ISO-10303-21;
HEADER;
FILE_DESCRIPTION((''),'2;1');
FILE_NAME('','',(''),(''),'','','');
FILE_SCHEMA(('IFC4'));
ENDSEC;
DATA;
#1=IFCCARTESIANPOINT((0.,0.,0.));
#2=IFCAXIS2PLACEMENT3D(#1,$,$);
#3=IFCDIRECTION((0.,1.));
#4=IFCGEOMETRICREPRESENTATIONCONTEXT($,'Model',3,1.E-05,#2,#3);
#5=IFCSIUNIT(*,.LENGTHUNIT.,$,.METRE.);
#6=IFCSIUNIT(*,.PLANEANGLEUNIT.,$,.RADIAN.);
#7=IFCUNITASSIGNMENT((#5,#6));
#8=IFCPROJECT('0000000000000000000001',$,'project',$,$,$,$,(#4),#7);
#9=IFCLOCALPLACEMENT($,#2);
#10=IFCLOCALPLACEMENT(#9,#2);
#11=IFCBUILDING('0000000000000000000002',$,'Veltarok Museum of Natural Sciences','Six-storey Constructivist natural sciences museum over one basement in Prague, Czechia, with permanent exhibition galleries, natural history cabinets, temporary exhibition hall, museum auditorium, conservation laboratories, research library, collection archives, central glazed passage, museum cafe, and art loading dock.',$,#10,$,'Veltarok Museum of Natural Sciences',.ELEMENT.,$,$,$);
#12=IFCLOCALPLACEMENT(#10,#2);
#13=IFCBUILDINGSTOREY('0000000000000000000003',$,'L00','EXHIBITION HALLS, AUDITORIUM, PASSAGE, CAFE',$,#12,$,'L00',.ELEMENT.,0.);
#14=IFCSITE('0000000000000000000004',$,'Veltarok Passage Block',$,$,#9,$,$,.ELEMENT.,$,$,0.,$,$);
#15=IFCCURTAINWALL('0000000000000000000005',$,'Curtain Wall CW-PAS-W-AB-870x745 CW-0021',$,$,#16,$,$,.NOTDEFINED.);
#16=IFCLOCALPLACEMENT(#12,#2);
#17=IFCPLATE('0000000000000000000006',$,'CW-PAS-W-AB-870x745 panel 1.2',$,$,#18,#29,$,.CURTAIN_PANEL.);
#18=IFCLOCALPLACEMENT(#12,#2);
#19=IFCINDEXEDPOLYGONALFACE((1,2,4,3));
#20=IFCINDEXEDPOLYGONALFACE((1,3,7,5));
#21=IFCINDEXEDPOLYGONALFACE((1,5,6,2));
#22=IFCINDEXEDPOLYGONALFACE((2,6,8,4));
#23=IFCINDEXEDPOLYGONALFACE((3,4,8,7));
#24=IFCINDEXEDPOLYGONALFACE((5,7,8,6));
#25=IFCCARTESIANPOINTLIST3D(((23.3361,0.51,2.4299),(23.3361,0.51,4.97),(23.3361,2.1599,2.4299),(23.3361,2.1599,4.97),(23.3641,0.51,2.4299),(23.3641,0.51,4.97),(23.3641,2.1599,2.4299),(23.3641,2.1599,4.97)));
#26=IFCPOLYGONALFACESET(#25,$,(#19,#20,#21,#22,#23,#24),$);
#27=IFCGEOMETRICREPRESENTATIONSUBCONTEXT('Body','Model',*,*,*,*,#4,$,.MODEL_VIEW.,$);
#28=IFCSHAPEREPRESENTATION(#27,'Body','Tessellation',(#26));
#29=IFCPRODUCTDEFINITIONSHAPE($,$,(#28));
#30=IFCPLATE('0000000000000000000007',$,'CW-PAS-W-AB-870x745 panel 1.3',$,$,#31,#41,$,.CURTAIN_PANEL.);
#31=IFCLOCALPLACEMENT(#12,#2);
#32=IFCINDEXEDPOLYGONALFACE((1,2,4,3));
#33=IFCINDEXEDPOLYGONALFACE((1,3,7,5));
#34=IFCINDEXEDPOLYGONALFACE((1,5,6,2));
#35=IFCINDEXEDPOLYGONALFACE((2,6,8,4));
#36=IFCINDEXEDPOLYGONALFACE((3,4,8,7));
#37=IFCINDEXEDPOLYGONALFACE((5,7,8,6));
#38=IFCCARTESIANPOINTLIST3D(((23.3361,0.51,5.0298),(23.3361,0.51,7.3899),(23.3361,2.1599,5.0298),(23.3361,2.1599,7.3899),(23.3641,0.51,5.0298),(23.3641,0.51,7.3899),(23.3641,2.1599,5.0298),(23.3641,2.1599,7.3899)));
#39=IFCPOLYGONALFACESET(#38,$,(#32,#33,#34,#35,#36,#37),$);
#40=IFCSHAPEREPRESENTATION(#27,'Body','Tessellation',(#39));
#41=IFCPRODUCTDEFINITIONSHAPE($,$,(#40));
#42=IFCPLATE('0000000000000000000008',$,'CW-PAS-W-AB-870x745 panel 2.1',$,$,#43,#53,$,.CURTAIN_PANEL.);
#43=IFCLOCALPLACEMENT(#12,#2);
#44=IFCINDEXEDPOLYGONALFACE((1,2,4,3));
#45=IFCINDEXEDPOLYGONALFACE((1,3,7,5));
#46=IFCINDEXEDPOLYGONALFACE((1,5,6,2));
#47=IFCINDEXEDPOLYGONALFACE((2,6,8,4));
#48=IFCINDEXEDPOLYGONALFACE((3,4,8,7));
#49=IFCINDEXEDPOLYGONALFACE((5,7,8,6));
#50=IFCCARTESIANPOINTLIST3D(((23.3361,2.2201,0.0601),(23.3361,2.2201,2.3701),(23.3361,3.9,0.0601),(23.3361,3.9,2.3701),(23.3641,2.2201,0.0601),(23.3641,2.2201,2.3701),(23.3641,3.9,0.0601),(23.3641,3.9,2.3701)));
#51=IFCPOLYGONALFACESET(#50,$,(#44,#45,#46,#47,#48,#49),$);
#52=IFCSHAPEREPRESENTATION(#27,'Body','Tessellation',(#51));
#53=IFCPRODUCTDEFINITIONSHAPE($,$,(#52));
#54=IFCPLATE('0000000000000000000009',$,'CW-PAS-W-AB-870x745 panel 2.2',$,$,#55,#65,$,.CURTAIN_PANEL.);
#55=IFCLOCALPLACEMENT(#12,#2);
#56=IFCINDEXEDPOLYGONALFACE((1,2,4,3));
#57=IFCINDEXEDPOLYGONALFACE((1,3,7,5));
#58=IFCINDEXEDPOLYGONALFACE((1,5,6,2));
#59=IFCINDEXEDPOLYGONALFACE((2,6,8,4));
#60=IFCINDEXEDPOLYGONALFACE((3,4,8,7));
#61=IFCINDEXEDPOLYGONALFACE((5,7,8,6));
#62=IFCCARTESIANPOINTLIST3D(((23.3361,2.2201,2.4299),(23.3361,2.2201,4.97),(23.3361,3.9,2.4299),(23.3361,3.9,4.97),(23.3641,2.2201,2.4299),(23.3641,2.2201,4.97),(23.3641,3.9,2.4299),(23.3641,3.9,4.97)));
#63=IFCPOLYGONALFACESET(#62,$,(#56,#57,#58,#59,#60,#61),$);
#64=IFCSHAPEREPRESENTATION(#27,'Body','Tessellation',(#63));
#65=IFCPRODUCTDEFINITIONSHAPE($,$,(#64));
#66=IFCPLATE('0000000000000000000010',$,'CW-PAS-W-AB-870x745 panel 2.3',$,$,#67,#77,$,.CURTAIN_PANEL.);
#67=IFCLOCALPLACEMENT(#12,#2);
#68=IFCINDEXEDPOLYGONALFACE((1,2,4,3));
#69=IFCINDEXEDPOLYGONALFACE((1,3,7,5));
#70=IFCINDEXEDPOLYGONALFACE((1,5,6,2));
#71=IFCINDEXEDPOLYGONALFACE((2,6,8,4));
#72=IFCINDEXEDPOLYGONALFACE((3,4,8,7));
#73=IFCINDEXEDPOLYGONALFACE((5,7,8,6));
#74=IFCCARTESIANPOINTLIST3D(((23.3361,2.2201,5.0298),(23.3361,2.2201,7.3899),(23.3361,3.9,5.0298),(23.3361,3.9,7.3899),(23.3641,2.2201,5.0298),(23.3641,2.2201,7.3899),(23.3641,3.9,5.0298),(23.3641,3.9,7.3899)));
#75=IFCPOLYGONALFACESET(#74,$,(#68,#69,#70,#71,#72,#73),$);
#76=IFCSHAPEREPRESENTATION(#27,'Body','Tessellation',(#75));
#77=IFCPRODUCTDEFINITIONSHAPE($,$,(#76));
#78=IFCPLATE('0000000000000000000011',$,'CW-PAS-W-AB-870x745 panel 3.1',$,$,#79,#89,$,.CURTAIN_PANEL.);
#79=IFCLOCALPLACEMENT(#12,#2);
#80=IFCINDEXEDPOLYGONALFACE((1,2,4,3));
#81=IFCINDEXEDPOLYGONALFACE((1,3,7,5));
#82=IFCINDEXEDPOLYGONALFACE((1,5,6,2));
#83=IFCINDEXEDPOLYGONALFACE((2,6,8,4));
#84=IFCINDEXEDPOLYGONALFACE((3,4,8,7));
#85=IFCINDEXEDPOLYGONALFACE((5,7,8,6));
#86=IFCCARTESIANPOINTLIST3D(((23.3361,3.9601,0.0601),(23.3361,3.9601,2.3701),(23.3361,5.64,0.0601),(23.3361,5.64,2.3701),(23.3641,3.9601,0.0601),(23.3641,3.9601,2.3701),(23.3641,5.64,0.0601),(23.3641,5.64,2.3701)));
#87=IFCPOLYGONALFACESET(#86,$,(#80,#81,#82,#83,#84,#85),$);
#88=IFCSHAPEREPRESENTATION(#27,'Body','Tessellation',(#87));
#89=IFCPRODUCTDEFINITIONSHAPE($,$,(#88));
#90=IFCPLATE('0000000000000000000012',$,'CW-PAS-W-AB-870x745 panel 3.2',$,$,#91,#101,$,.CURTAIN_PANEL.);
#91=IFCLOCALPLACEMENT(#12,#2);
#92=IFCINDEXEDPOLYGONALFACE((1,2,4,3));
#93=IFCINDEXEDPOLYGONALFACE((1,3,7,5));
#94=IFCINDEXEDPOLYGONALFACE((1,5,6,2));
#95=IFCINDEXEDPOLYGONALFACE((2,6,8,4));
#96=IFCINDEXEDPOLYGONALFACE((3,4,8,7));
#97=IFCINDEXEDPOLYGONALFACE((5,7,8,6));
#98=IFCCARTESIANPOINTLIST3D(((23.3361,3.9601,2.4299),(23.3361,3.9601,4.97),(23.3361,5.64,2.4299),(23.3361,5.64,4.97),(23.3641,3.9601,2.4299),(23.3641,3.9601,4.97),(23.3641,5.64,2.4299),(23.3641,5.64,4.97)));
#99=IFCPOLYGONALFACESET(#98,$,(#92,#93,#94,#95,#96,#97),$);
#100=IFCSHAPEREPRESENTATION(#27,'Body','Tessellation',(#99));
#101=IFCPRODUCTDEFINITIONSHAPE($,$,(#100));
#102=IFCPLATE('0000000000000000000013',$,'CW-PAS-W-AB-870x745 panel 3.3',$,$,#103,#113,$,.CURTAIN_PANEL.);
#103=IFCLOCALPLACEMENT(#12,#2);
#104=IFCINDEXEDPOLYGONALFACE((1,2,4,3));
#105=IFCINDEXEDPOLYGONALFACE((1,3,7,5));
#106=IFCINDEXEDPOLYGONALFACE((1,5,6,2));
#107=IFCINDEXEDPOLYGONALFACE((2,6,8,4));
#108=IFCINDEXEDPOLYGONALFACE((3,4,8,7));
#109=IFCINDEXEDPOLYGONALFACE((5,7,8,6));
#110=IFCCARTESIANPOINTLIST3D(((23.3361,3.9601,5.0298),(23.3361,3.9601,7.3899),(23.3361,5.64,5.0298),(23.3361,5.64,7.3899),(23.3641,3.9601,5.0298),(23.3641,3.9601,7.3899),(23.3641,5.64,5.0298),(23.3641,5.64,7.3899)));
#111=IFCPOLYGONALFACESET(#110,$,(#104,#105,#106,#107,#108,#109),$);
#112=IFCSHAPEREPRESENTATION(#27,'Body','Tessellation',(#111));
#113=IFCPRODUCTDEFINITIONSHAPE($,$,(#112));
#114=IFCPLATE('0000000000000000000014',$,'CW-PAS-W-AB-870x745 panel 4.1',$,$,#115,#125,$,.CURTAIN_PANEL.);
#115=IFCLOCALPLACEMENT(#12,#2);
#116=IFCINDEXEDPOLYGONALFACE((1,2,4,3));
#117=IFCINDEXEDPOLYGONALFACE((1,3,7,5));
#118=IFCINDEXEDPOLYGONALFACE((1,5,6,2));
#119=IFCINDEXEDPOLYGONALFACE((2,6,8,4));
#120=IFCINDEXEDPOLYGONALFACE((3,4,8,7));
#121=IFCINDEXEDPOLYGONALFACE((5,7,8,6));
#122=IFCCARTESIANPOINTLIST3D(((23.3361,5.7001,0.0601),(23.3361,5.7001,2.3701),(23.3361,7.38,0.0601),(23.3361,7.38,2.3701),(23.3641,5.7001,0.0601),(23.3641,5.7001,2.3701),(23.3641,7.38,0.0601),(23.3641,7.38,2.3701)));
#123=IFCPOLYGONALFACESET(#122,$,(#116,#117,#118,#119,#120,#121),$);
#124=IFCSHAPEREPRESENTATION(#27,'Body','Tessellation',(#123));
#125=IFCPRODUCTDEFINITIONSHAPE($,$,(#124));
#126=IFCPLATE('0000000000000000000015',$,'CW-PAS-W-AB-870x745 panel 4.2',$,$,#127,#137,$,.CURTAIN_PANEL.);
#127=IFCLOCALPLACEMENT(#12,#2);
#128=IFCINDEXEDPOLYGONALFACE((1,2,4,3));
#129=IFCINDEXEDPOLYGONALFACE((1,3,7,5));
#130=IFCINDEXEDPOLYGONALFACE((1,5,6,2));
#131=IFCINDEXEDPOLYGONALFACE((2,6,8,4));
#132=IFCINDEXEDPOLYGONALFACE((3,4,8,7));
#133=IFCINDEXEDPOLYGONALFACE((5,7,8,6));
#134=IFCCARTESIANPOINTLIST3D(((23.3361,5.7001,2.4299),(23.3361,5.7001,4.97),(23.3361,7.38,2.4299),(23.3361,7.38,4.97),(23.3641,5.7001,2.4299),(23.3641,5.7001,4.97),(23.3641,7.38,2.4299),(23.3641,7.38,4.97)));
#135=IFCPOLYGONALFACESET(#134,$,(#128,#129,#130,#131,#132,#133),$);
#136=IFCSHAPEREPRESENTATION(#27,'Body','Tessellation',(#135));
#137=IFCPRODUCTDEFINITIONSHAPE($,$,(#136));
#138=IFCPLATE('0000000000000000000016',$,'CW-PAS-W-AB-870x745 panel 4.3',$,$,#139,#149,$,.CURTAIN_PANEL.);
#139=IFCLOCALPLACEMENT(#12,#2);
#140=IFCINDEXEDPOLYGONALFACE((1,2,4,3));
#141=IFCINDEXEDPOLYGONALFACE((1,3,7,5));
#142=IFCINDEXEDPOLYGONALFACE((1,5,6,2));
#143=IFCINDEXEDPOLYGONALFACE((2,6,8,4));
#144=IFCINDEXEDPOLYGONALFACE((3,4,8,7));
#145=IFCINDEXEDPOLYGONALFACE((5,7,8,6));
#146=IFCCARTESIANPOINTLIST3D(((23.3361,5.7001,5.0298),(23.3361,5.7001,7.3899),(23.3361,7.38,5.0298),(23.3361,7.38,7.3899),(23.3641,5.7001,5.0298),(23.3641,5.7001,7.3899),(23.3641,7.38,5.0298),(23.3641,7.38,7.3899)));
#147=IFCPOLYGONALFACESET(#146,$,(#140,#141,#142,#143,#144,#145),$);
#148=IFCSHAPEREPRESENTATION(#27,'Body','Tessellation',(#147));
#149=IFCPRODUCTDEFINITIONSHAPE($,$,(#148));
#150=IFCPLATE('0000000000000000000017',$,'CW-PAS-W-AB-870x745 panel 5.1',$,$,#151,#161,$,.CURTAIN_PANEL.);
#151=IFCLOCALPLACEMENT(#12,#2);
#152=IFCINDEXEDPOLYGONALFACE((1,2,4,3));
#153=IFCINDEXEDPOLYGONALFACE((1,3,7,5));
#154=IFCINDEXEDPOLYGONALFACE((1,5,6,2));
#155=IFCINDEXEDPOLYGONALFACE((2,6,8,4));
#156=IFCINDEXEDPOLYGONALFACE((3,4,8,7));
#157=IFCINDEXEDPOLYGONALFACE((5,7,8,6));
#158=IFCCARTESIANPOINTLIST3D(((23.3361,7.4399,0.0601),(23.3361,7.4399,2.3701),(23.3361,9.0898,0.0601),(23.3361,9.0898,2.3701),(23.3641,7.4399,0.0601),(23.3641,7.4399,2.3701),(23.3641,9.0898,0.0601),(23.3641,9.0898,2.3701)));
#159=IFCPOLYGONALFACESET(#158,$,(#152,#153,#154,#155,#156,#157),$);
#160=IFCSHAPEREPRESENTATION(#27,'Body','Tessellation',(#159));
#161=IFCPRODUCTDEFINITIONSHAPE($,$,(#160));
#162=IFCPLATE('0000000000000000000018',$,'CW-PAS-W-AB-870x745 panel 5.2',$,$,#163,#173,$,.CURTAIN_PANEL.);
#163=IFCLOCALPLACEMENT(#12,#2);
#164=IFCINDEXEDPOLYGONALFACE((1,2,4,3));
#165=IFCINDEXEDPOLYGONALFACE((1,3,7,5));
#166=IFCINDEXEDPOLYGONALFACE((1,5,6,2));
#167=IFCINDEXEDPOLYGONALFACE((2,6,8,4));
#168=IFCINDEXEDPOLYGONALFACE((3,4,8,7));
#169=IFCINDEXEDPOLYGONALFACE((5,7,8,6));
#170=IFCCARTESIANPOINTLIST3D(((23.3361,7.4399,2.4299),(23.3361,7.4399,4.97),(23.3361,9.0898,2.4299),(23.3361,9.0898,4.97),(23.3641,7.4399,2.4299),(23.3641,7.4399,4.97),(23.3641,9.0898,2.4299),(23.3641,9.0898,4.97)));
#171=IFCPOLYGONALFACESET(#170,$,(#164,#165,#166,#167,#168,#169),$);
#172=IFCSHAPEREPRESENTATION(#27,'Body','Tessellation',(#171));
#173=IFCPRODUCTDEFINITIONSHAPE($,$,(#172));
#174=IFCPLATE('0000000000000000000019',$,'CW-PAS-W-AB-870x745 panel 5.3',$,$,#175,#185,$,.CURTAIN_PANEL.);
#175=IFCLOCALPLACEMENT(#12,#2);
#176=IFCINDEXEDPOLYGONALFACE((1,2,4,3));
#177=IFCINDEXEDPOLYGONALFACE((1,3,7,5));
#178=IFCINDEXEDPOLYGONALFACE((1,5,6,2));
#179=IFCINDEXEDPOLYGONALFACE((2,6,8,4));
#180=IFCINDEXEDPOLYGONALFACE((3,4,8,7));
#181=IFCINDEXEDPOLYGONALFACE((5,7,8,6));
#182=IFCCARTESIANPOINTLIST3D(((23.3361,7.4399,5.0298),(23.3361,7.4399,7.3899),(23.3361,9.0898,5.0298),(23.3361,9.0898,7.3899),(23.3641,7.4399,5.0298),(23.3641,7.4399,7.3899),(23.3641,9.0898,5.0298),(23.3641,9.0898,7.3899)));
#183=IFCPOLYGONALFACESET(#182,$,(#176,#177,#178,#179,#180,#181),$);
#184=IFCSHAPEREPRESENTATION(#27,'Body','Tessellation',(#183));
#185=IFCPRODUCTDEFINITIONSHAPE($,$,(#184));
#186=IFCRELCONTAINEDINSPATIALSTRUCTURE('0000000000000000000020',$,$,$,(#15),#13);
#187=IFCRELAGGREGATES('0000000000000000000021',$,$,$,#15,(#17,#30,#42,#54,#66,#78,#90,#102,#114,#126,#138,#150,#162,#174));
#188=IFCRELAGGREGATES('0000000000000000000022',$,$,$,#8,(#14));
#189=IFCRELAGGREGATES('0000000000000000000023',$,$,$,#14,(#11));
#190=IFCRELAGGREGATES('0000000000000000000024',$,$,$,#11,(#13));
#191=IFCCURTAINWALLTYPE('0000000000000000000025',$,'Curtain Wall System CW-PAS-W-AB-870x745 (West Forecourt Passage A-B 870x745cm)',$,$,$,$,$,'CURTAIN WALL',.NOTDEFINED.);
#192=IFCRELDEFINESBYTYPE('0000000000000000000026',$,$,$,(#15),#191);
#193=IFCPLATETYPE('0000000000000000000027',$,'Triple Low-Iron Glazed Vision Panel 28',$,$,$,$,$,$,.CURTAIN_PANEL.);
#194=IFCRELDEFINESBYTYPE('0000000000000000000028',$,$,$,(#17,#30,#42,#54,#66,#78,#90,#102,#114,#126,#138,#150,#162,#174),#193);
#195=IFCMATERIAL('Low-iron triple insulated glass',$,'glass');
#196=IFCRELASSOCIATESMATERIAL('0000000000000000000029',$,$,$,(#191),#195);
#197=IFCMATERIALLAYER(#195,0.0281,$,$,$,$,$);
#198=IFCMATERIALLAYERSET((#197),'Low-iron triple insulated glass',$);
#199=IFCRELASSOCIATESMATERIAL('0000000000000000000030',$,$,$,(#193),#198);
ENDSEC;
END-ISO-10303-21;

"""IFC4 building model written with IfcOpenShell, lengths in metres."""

from ifc_helpers import new_model, si_unit, direction, frame, origin, origin_2d, place, context, subcontext, project, spatial, rectangle, extrude, material, layer, layer_set, type_object, element, aggregate, save


model = new_model("IFC4")

# Units and contexts
model_context = context("Model", 3, precision=1e-05, world=origin(), true_north=direction((0.0, 1.0)))
body_context = subcontext(model_context, "Body", "Model", "MODEL_VIEW")
ifc_project = project(units=[si_unit("LENGTHUNIT", "METRE"), si_unit("PLANEANGLEUNIT", "RADIAN")], contexts=[model_context])

# Site, building, storey
site_placement = place(None, origin())
site = spatial("IfcSite", under=ifc_project, at=site_placement, Name="Veltarok Passage Block", CompositionType="ELEMENT", RefElevation=0.0)
building_placement = place(site_placement, origin())
building = spatial("IfcBuilding", under=site, at=building_placement, Name="Veltarok Museum of Natural Sciences", Description="Six-storey Constructivist natural sciences museum over one basement in Prague, Czechia, with permanent exhibition galleries, natural history cabinets, temporary exhibition hall, museum auditorium, conservation laboratories, research library, collection archives, central glazed passage, museum cafe, and art loading dock.", LongName="Veltarok Museum of Natural Sciences", CompositionType="ELEMENT")
storey_placement = place(building_placement, origin())
storey = spatial("IfcBuildingStorey", under=building, at=storey_placement, Name="L00", Description="EXHIBITION HALLS, AUDITORIUM, PASSAGE, CAFE", LongName="L00", CompositionType="ELEMENT", Elevation=0.0)

# Curtain wall, plates
ifc_material_1 = material(Name="Low-iron triple insulated glass", Category="glass")
curtain_wall_type = type_object("IfcCurtainWallType", Name="Curtain Wall System CW-PAS-W-AB-870x745 (West Forecourt Passage A-B 870x745cm)", ElementType="CURTAIN WALL", PredefinedType="NOTDEFINED", material=ifc_material_1)
curtain_wall_placement = place(storey_placement, origin())
curtain_wall = element("IfcCurtainWall", 1, at=curtain_wall_placement, inside=storey, type_object=curtain_wall_type, Name="Curtain Wall CW-PAS-W-AB-870x745 CW-0021", PredefinedType="NOTDEFINED")
ifc_layer = layer(ifc_material_1, 0.0281)
ifc_layer_set = layer_set([ifc_layer], Name="Low-iron triple insulated glass")
plate_type = type_object("IfcPlateType", Name="Triple Low-Iron Glazed Vision Panel 28", PredefinedType="CURTAIN_PANEL", material=ifc_layer_set)
plate_1_placement = place(storey_placement, frame((23.3501, 1.335, 2.4299), z_axis=(0.0, 0.0, 1.0), x_axis=(0.0, 1.0, 0.0)))
plate_1 = element("IfcPlate", 2, at=plate_1_placement, type_object=plate_type, Name="CW-PAS-W-AB-870x745 panel 1.2", PredefinedType="CURTAIN_PANEL", context=body_context, shape_type="SweptSolid", body=[
    extrude(rectangle(XDim=1.6499, YDim=0.0281, at=origin_2d()), origin(), (0.0, 0.0, 1.0), 2.54),
])
plate_2_placement = place(storey_placement, frame((23.3501, 1.335, 5.0298), z_axis=(0.0, 0.0, 1.0), x_axis=(0.0, 1.0, 0.0)))
plate_2 = element("IfcPlate", 3, at=plate_2_placement, type_object=plate_type, Name="CW-PAS-W-AB-870x745 panel 1.3", PredefinedType="CURTAIN_PANEL", context=body_context, shape_type="SweptSolid", body=[
    extrude(rectangle(XDim=1.6499, YDim=0.0281, at=origin_2d()), origin(), (0.0, 0.0, 1.0), 2.3601),
])
plate_3_placement = place(storey_placement, frame((23.3501, 3.0601, 0.0601), z_axis=(0.0, 0.0, 1.0), x_axis=(0.0, 1.0, 0.0)))
plate_3 = element("IfcPlate", 4, at=plate_3_placement, type_object=plate_type, Name="CW-PAS-W-AB-870x745 panel 2.1", PredefinedType="CURTAIN_PANEL", context=body_context, shape_type="SweptSolid", body=[
    extrude(rectangle(XDim=1.6799, YDim=0.0281, at=origin_2d()), origin(), (0.0, 0.0, 1.0), 2.3101),
])
plate_4_placement = place(storey_placement, frame((23.3501, 3.0601, 2.4299), z_axis=(0.0, 0.0, 1.0), x_axis=(0.0, 1.0, 0.0)))
plate_4 = element("IfcPlate", 5, at=plate_4_placement, type_object=plate_type, Name="CW-PAS-W-AB-870x745 panel 2.2", PredefinedType="CURTAIN_PANEL", context=body_context, shape_type="SweptSolid", body=[
    extrude(rectangle(XDim=1.6799, YDim=0.0281, at=origin_2d()), origin(), (0.0, 0.0, 1.0), 2.54),
])
plate_5_placement = place(storey_placement, frame((23.3501, 3.0601, 5.0298), z_axis=(0.0, 0.0, 1.0), x_axis=(0.0, 1.0, 0.0)))
plate_5 = element("IfcPlate", 6, at=plate_5_placement, type_object=plate_type, Name="CW-PAS-W-AB-870x745 panel 2.3", PredefinedType="CURTAIN_PANEL", context=body_context, shape_type="SweptSolid", body=[
    extrude(rectangle(XDim=1.6799, YDim=0.0281, at=origin_2d()), origin(), (0.0, 0.0, 1.0), 2.3601),
])
plate_6_placement = place(storey_placement, frame((23.3501, 4.8, 0.0601), z_axis=(0.0, 0.0, 1.0), x_axis=(0.0, 1.0, 0.0)))
plate_6 = element("IfcPlate", 7, at=plate_6_placement, type_object=plate_type, Name="CW-PAS-W-AB-870x745 panel 3.1", PredefinedType="CURTAIN_PANEL", context=body_context, shape_type="SweptSolid", body=[
    extrude(rectangle(XDim=1.6799, YDim=0.0281, at=origin_2d()), origin(), (0.0, 0.0, 1.0), 2.3101),
])
plate_7_placement = place(storey_placement, frame((23.3501, 4.8, 2.4299), z_axis=(0.0, 0.0, 1.0), x_axis=(0.0, 1.0, 0.0)))
plate_7 = element("IfcPlate", 8, at=plate_7_placement, type_object=plate_type, Name="CW-PAS-W-AB-870x745 panel 3.2", PredefinedType="CURTAIN_PANEL", context=body_context, shape_type="SweptSolid", body=[
    extrude(rectangle(XDim=1.6799, YDim=0.0281, at=origin_2d()), origin(), (0.0, 0.0, 1.0), 2.54),
])
plate_8_placement = place(storey_placement, frame((23.3501, 4.8, 5.0298), z_axis=(0.0, 0.0, 1.0), x_axis=(0.0, 1.0, 0.0)))
plate_8 = element("IfcPlate", 9, at=plate_8_placement, type_object=plate_type, Name="CW-PAS-W-AB-870x745 panel 3.3", PredefinedType="CURTAIN_PANEL", context=body_context, shape_type="SweptSolid", body=[
    extrude(rectangle(XDim=1.6799, YDim=0.0281, at=origin_2d()), origin(), (0.0, 0.0, 1.0), 2.3601),
])
plate_9_placement = place(storey_placement, frame((23.3501, 6.54, 0.0601), z_axis=(0.0, 0.0, 1.0), x_axis=(0.0, 1.0, 0.0)))
plate_9 = element("IfcPlate", 10, at=plate_9_placement, type_object=plate_type, Name="CW-PAS-W-AB-870x745 panel 4.1", PredefinedType="CURTAIN_PANEL", context=body_context, shape_type="SweptSolid", body=[
    extrude(rectangle(XDim=1.6799, YDim=0.0281, at=origin_2d()), origin(), (0.0, 0.0, 1.0), 2.3101),
])
plate_10_placement = place(storey_placement, frame((23.3501, 6.54, 2.4299), z_axis=(0.0, 0.0, 1.0), x_axis=(0.0, 1.0, 0.0)))
plate_10 = element("IfcPlate", 11, at=plate_10_placement, type_object=plate_type, Name="CW-PAS-W-AB-870x745 panel 4.2", PredefinedType="CURTAIN_PANEL", context=body_context, shape_type="SweptSolid", body=[
    extrude(rectangle(XDim=1.6799, YDim=0.0281, at=origin_2d()), origin(), (0.0, 0.0, 1.0), 2.54),
])
plate_11_placement = place(storey_placement, frame((23.3501, 6.54, 5.0298), z_axis=(0.0, 0.0, 1.0), x_axis=(0.0, 1.0, 0.0)))
plate_11 = element("IfcPlate", 12, at=plate_11_placement, type_object=plate_type, Name="CW-PAS-W-AB-870x745 panel 4.3", PredefinedType="CURTAIN_PANEL", context=body_context, shape_type="SweptSolid", body=[
    extrude(rectangle(XDim=1.6799, YDim=0.0281, at=origin_2d()), origin(), (0.0, 0.0, 1.0), 2.3601),
])
plate_12_placement = place(storey_placement, frame((23.3501, 8.2649, 0.0601), z_axis=(0.0, 0.0, 1.0), x_axis=(0.0, 1.0, 0.0)))
plate_12 = element("IfcPlate", 13, at=plate_12_placement, type_object=plate_type, Name="CW-PAS-W-AB-870x745 panel 5.1", PredefinedType="CURTAIN_PANEL", context=body_context, shape_type="SweptSolid", body=[
    extrude(rectangle(XDim=1.6499, YDim=0.0281, at=origin_2d()), origin(), (0.0, 0.0, 1.0), 2.3101),
])
plate_13_placement = place(storey_placement, frame((23.3501, 8.2649, 2.4299), z_axis=(0.0, 0.0, 1.0), x_axis=(0.0, 1.0, 0.0)))
plate_13 = element("IfcPlate", 14, at=plate_13_placement, type_object=plate_type, Name="CW-PAS-W-AB-870x745 panel 5.2", PredefinedType="CURTAIN_PANEL", context=body_context, shape_type="SweptSolid", body=[
    extrude(rectangle(XDim=1.6499, YDim=0.0281, at=origin_2d()), origin(), (0.0, 0.0, 1.0), 2.54),
])
plate_14_placement = place(storey_placement, frame((23.3501, 8.2649, 5.0298), z_axis=(0.0, 0.0, 1.0), x_axis=(0.0, 1.0, 0.0)))
plate_14 = element("IfcPlate", 15, at=plate_14_placement, type_object=plate_type, Name="CW-PAS-W-AB-870x745 panel 5.3", PredefinedType="CURTAIN_PANEL", context=body_context, shape_type="SweptSolid", body=[
    extrude(rectangle(XDim=1.6499, YDim=0.0281, at=origin_2d()), origin(), (0.0, 0.0, 1.0), 2.3601),
])
aggregate(curtain_wall, [plate_1, plate_2, plate_3, plate_4, plate_5, plate_6, plate_7, plate_8, plate_9, plate_10, plate_11, plate_12, plate_13, plate_14])

save(model, "model.ifc")
